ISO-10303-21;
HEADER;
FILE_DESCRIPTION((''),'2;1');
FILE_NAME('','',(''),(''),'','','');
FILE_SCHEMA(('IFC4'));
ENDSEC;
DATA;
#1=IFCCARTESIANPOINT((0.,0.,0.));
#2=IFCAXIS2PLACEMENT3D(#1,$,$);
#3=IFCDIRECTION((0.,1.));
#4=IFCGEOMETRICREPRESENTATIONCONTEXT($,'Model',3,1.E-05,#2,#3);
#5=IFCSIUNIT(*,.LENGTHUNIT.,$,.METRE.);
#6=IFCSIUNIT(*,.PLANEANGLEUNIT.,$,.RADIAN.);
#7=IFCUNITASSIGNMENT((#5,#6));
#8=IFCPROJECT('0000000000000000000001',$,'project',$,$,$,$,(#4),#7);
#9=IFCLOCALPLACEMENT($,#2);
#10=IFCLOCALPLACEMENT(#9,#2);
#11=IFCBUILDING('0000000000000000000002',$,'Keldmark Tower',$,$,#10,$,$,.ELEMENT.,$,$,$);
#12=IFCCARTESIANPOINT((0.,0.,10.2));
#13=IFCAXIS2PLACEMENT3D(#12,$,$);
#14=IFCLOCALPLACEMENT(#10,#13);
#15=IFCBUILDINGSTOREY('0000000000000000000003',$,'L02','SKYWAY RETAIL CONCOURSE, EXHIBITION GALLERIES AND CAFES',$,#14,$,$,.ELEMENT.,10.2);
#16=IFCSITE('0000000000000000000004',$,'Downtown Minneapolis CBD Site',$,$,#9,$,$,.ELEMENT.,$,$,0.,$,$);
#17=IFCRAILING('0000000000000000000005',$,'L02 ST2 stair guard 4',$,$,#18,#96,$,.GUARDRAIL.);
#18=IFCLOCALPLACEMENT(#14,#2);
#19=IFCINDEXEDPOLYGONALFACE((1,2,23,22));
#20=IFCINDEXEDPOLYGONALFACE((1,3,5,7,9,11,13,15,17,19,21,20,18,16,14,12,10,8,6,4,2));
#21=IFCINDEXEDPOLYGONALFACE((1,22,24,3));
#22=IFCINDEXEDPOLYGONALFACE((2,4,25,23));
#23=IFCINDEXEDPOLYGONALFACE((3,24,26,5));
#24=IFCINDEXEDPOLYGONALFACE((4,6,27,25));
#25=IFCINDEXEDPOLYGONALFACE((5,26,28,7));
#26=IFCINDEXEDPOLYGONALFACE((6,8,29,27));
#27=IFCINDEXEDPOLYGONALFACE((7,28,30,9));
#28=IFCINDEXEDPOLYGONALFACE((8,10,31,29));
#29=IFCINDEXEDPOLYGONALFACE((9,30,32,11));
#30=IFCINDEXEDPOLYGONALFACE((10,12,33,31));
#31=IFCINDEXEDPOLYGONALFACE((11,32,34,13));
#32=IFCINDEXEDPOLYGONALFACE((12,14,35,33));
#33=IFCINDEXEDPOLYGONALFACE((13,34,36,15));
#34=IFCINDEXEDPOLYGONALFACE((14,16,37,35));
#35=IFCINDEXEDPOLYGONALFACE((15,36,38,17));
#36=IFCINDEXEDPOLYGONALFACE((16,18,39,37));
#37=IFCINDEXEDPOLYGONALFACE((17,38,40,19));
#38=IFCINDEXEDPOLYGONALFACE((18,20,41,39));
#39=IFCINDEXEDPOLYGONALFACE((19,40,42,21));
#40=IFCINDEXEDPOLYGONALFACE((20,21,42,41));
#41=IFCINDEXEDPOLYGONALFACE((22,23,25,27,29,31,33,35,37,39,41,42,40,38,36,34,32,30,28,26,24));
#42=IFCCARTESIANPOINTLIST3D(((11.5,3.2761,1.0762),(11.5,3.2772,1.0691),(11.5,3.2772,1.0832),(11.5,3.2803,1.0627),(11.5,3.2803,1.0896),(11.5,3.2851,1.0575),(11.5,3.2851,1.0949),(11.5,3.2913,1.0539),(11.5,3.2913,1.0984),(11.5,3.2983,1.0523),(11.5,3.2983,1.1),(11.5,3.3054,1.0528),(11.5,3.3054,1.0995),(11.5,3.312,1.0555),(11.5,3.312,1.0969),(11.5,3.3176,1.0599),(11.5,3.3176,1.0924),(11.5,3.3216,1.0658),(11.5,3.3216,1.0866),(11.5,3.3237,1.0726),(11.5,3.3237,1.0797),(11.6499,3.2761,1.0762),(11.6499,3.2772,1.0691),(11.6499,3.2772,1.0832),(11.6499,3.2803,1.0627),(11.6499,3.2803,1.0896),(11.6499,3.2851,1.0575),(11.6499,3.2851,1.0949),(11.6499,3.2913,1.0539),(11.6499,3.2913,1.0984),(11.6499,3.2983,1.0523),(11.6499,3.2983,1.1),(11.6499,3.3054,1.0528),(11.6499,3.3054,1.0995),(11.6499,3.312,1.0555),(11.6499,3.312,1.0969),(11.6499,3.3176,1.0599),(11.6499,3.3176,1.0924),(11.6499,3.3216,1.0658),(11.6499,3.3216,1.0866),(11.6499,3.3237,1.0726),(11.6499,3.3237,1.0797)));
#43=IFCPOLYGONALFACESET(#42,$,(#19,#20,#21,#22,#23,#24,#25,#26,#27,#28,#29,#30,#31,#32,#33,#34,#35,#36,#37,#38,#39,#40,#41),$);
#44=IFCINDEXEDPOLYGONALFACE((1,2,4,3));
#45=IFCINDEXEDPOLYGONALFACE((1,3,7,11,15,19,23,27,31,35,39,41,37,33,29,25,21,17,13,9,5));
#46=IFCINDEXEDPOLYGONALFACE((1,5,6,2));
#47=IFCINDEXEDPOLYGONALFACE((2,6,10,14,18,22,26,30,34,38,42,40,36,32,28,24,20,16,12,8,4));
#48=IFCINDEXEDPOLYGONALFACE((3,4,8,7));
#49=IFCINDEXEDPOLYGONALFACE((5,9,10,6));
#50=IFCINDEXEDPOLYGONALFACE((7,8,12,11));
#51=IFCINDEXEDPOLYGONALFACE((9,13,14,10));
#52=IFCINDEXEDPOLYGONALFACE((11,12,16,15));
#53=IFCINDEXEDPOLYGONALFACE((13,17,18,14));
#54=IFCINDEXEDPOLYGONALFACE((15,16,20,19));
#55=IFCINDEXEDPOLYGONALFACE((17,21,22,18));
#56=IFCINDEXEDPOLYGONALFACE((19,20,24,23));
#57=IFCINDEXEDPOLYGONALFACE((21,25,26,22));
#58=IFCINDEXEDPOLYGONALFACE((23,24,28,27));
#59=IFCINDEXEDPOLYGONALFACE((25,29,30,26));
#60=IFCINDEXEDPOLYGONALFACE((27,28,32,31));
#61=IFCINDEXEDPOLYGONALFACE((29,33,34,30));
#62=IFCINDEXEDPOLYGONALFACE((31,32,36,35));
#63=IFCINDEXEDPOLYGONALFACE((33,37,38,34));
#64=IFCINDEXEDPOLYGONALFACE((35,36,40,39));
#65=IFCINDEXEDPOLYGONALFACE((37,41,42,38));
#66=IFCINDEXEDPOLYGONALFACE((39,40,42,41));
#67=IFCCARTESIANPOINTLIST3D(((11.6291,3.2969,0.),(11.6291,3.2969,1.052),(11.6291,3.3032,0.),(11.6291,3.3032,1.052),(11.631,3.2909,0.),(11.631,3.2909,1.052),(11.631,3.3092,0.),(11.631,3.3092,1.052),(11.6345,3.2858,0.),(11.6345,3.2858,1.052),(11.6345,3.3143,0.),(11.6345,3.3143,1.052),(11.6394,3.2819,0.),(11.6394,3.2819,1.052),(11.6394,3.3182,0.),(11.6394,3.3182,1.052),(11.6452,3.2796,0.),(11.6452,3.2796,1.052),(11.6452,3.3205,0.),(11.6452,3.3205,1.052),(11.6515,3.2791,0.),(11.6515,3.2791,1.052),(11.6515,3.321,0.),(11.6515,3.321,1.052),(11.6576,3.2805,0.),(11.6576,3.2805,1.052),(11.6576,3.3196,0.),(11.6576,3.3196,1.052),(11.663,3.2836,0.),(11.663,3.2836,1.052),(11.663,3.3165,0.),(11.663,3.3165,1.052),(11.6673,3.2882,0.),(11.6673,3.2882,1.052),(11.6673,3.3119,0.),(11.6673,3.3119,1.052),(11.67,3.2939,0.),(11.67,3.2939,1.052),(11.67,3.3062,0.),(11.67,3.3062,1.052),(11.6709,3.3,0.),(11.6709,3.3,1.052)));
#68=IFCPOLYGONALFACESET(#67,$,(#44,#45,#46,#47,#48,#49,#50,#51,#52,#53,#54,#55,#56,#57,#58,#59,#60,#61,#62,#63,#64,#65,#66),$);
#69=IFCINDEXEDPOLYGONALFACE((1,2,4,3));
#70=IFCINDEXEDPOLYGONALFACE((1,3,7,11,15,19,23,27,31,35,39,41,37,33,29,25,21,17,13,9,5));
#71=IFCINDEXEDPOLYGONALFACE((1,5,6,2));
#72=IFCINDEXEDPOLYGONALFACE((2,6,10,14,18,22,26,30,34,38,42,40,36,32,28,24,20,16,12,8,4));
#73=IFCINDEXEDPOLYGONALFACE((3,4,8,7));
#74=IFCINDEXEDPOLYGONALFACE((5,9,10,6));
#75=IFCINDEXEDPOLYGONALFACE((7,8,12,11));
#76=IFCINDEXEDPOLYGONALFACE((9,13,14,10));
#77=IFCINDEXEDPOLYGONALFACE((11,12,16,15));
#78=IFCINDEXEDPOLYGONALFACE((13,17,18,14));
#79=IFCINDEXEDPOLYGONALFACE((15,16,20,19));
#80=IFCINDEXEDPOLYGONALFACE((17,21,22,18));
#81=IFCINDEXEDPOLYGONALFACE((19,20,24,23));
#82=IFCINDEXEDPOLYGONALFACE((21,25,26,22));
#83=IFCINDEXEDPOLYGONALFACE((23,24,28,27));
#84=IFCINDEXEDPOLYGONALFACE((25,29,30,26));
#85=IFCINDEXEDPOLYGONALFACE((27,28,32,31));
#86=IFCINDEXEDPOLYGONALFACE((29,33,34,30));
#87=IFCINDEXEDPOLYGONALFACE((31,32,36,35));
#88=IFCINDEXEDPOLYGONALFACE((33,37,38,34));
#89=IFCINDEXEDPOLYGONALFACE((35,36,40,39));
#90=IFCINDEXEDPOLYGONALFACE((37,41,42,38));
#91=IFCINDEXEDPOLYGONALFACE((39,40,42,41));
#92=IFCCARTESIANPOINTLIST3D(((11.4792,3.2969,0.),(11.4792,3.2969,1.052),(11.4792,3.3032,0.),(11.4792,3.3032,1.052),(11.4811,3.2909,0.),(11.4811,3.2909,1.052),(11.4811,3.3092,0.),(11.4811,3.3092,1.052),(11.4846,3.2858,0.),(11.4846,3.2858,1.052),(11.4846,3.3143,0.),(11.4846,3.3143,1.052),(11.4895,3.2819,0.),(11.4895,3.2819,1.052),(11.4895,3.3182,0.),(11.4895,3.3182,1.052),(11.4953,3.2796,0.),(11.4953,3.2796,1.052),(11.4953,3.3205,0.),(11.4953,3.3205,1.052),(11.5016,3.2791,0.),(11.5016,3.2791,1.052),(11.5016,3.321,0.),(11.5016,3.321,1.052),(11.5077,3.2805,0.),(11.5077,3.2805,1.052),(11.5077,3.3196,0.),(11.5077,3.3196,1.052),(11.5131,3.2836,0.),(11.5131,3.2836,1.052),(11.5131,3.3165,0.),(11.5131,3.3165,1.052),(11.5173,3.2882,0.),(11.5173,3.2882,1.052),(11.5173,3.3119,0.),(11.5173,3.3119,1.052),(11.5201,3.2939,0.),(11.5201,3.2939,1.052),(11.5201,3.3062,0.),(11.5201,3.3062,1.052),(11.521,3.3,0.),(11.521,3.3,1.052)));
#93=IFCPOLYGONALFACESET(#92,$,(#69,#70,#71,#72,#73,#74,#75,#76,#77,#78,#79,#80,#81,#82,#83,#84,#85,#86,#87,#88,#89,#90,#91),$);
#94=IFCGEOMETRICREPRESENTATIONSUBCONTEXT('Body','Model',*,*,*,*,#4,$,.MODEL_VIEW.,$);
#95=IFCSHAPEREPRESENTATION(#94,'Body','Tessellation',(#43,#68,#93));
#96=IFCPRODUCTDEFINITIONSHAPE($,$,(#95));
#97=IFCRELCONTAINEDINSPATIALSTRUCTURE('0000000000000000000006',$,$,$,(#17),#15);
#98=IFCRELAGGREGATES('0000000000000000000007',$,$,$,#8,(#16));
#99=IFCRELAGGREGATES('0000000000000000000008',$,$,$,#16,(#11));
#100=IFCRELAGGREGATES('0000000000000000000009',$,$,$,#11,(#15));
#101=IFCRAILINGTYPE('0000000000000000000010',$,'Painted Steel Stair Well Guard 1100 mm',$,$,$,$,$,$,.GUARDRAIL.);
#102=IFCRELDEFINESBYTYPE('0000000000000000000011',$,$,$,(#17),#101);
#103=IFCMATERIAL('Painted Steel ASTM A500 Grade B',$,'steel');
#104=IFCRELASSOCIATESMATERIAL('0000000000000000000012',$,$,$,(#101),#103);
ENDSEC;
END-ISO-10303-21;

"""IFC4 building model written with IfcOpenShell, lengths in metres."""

from ifc_helpers import new_model, si_unit, direction, frame, origin, origin_2d, place, context, subcontext, project, spatial, circle, extrude, material, type_object, element, save


model = new_model("IFC4")

# Units and contexts
model_context = context("Model", 3, precision=1e-05, world=origin(), true_north=direction((0.0, 1.0)))
body_context = subcontext(model_context, "Body", "Model", "MODEL_VIEW")
ifc_project = project(units=[si_unit("LENGTHUNIT", "METRE"), si_unit("PLANEANGLEUNIT", "RADIAN")], contexts=[model_context])

# Site, building, storey
site_placement = place(None, origin())
site = spatial("IfcSite", under=ifc_project, at=site_placement, Name="Downtown Minneapolis CBD Site", CompositionType="ELEMENT", RefElevation=0.0)
building_placement = place(site_placement, origin())
building = spatial("IfcBuilding", under=site, at=building_placement, Name="Keldmark Tower", CompositionType="ELEMENT")
storey_placement = place(building_placement, frame((0.0, 0.0, 10.2)))
storey = spatial("IfcBuildingStorey", under=building, at=storey_placement, Name="L02", Description="SKYWAY RETAIL CONCOURSE, EXHIBITION GALLERIES AND CAFES", CompositionType="ELEMENT", Elevation=10.2)

# Railing
ifc_material_1 = material(Name="Painted Steel ASTM A500 Grade B", Category="steel")
railing_type_1 = type_object("IfcRailingType", Name="Painted Steel Stair Well Guard 1100 mm", PredefinedType="GUARDRAIL", material=ifc_material_1)
railing_1_placement = place(storey_placement, frame((11.6499, 3.3, 0.0)))
element("IfcRailing", 1, at=railing_1_placement, inside=storey, type_object=railing_type_1, Name="L02 ST2 stair guard 4", PredefinedType="GUARDRAIL", context=body_context, shape_type="SweptSolid", body=[
    extrude(circle(Radius=0.0239, at=origin_2d()), frame((0.0, 0.0, 1.0762), z_axis=(-1.0, 0.0, 0.0), x_axis=(0.0, -1.0, 0.0)), (0.0, 0.0, 1.0), 0.1499),
    extrude(circle(Radius=0.021, at=origin_2d()), origin(), (0.0, 0.0, 1.0), 1.052),
    extrude(circle(Radius=0.021, at=origin_2d()), frame((-0.1499, 0.0, 0.0)), (0.0, 0.0, 1.0), 1.052),
])

save(model, "model.ifc")
